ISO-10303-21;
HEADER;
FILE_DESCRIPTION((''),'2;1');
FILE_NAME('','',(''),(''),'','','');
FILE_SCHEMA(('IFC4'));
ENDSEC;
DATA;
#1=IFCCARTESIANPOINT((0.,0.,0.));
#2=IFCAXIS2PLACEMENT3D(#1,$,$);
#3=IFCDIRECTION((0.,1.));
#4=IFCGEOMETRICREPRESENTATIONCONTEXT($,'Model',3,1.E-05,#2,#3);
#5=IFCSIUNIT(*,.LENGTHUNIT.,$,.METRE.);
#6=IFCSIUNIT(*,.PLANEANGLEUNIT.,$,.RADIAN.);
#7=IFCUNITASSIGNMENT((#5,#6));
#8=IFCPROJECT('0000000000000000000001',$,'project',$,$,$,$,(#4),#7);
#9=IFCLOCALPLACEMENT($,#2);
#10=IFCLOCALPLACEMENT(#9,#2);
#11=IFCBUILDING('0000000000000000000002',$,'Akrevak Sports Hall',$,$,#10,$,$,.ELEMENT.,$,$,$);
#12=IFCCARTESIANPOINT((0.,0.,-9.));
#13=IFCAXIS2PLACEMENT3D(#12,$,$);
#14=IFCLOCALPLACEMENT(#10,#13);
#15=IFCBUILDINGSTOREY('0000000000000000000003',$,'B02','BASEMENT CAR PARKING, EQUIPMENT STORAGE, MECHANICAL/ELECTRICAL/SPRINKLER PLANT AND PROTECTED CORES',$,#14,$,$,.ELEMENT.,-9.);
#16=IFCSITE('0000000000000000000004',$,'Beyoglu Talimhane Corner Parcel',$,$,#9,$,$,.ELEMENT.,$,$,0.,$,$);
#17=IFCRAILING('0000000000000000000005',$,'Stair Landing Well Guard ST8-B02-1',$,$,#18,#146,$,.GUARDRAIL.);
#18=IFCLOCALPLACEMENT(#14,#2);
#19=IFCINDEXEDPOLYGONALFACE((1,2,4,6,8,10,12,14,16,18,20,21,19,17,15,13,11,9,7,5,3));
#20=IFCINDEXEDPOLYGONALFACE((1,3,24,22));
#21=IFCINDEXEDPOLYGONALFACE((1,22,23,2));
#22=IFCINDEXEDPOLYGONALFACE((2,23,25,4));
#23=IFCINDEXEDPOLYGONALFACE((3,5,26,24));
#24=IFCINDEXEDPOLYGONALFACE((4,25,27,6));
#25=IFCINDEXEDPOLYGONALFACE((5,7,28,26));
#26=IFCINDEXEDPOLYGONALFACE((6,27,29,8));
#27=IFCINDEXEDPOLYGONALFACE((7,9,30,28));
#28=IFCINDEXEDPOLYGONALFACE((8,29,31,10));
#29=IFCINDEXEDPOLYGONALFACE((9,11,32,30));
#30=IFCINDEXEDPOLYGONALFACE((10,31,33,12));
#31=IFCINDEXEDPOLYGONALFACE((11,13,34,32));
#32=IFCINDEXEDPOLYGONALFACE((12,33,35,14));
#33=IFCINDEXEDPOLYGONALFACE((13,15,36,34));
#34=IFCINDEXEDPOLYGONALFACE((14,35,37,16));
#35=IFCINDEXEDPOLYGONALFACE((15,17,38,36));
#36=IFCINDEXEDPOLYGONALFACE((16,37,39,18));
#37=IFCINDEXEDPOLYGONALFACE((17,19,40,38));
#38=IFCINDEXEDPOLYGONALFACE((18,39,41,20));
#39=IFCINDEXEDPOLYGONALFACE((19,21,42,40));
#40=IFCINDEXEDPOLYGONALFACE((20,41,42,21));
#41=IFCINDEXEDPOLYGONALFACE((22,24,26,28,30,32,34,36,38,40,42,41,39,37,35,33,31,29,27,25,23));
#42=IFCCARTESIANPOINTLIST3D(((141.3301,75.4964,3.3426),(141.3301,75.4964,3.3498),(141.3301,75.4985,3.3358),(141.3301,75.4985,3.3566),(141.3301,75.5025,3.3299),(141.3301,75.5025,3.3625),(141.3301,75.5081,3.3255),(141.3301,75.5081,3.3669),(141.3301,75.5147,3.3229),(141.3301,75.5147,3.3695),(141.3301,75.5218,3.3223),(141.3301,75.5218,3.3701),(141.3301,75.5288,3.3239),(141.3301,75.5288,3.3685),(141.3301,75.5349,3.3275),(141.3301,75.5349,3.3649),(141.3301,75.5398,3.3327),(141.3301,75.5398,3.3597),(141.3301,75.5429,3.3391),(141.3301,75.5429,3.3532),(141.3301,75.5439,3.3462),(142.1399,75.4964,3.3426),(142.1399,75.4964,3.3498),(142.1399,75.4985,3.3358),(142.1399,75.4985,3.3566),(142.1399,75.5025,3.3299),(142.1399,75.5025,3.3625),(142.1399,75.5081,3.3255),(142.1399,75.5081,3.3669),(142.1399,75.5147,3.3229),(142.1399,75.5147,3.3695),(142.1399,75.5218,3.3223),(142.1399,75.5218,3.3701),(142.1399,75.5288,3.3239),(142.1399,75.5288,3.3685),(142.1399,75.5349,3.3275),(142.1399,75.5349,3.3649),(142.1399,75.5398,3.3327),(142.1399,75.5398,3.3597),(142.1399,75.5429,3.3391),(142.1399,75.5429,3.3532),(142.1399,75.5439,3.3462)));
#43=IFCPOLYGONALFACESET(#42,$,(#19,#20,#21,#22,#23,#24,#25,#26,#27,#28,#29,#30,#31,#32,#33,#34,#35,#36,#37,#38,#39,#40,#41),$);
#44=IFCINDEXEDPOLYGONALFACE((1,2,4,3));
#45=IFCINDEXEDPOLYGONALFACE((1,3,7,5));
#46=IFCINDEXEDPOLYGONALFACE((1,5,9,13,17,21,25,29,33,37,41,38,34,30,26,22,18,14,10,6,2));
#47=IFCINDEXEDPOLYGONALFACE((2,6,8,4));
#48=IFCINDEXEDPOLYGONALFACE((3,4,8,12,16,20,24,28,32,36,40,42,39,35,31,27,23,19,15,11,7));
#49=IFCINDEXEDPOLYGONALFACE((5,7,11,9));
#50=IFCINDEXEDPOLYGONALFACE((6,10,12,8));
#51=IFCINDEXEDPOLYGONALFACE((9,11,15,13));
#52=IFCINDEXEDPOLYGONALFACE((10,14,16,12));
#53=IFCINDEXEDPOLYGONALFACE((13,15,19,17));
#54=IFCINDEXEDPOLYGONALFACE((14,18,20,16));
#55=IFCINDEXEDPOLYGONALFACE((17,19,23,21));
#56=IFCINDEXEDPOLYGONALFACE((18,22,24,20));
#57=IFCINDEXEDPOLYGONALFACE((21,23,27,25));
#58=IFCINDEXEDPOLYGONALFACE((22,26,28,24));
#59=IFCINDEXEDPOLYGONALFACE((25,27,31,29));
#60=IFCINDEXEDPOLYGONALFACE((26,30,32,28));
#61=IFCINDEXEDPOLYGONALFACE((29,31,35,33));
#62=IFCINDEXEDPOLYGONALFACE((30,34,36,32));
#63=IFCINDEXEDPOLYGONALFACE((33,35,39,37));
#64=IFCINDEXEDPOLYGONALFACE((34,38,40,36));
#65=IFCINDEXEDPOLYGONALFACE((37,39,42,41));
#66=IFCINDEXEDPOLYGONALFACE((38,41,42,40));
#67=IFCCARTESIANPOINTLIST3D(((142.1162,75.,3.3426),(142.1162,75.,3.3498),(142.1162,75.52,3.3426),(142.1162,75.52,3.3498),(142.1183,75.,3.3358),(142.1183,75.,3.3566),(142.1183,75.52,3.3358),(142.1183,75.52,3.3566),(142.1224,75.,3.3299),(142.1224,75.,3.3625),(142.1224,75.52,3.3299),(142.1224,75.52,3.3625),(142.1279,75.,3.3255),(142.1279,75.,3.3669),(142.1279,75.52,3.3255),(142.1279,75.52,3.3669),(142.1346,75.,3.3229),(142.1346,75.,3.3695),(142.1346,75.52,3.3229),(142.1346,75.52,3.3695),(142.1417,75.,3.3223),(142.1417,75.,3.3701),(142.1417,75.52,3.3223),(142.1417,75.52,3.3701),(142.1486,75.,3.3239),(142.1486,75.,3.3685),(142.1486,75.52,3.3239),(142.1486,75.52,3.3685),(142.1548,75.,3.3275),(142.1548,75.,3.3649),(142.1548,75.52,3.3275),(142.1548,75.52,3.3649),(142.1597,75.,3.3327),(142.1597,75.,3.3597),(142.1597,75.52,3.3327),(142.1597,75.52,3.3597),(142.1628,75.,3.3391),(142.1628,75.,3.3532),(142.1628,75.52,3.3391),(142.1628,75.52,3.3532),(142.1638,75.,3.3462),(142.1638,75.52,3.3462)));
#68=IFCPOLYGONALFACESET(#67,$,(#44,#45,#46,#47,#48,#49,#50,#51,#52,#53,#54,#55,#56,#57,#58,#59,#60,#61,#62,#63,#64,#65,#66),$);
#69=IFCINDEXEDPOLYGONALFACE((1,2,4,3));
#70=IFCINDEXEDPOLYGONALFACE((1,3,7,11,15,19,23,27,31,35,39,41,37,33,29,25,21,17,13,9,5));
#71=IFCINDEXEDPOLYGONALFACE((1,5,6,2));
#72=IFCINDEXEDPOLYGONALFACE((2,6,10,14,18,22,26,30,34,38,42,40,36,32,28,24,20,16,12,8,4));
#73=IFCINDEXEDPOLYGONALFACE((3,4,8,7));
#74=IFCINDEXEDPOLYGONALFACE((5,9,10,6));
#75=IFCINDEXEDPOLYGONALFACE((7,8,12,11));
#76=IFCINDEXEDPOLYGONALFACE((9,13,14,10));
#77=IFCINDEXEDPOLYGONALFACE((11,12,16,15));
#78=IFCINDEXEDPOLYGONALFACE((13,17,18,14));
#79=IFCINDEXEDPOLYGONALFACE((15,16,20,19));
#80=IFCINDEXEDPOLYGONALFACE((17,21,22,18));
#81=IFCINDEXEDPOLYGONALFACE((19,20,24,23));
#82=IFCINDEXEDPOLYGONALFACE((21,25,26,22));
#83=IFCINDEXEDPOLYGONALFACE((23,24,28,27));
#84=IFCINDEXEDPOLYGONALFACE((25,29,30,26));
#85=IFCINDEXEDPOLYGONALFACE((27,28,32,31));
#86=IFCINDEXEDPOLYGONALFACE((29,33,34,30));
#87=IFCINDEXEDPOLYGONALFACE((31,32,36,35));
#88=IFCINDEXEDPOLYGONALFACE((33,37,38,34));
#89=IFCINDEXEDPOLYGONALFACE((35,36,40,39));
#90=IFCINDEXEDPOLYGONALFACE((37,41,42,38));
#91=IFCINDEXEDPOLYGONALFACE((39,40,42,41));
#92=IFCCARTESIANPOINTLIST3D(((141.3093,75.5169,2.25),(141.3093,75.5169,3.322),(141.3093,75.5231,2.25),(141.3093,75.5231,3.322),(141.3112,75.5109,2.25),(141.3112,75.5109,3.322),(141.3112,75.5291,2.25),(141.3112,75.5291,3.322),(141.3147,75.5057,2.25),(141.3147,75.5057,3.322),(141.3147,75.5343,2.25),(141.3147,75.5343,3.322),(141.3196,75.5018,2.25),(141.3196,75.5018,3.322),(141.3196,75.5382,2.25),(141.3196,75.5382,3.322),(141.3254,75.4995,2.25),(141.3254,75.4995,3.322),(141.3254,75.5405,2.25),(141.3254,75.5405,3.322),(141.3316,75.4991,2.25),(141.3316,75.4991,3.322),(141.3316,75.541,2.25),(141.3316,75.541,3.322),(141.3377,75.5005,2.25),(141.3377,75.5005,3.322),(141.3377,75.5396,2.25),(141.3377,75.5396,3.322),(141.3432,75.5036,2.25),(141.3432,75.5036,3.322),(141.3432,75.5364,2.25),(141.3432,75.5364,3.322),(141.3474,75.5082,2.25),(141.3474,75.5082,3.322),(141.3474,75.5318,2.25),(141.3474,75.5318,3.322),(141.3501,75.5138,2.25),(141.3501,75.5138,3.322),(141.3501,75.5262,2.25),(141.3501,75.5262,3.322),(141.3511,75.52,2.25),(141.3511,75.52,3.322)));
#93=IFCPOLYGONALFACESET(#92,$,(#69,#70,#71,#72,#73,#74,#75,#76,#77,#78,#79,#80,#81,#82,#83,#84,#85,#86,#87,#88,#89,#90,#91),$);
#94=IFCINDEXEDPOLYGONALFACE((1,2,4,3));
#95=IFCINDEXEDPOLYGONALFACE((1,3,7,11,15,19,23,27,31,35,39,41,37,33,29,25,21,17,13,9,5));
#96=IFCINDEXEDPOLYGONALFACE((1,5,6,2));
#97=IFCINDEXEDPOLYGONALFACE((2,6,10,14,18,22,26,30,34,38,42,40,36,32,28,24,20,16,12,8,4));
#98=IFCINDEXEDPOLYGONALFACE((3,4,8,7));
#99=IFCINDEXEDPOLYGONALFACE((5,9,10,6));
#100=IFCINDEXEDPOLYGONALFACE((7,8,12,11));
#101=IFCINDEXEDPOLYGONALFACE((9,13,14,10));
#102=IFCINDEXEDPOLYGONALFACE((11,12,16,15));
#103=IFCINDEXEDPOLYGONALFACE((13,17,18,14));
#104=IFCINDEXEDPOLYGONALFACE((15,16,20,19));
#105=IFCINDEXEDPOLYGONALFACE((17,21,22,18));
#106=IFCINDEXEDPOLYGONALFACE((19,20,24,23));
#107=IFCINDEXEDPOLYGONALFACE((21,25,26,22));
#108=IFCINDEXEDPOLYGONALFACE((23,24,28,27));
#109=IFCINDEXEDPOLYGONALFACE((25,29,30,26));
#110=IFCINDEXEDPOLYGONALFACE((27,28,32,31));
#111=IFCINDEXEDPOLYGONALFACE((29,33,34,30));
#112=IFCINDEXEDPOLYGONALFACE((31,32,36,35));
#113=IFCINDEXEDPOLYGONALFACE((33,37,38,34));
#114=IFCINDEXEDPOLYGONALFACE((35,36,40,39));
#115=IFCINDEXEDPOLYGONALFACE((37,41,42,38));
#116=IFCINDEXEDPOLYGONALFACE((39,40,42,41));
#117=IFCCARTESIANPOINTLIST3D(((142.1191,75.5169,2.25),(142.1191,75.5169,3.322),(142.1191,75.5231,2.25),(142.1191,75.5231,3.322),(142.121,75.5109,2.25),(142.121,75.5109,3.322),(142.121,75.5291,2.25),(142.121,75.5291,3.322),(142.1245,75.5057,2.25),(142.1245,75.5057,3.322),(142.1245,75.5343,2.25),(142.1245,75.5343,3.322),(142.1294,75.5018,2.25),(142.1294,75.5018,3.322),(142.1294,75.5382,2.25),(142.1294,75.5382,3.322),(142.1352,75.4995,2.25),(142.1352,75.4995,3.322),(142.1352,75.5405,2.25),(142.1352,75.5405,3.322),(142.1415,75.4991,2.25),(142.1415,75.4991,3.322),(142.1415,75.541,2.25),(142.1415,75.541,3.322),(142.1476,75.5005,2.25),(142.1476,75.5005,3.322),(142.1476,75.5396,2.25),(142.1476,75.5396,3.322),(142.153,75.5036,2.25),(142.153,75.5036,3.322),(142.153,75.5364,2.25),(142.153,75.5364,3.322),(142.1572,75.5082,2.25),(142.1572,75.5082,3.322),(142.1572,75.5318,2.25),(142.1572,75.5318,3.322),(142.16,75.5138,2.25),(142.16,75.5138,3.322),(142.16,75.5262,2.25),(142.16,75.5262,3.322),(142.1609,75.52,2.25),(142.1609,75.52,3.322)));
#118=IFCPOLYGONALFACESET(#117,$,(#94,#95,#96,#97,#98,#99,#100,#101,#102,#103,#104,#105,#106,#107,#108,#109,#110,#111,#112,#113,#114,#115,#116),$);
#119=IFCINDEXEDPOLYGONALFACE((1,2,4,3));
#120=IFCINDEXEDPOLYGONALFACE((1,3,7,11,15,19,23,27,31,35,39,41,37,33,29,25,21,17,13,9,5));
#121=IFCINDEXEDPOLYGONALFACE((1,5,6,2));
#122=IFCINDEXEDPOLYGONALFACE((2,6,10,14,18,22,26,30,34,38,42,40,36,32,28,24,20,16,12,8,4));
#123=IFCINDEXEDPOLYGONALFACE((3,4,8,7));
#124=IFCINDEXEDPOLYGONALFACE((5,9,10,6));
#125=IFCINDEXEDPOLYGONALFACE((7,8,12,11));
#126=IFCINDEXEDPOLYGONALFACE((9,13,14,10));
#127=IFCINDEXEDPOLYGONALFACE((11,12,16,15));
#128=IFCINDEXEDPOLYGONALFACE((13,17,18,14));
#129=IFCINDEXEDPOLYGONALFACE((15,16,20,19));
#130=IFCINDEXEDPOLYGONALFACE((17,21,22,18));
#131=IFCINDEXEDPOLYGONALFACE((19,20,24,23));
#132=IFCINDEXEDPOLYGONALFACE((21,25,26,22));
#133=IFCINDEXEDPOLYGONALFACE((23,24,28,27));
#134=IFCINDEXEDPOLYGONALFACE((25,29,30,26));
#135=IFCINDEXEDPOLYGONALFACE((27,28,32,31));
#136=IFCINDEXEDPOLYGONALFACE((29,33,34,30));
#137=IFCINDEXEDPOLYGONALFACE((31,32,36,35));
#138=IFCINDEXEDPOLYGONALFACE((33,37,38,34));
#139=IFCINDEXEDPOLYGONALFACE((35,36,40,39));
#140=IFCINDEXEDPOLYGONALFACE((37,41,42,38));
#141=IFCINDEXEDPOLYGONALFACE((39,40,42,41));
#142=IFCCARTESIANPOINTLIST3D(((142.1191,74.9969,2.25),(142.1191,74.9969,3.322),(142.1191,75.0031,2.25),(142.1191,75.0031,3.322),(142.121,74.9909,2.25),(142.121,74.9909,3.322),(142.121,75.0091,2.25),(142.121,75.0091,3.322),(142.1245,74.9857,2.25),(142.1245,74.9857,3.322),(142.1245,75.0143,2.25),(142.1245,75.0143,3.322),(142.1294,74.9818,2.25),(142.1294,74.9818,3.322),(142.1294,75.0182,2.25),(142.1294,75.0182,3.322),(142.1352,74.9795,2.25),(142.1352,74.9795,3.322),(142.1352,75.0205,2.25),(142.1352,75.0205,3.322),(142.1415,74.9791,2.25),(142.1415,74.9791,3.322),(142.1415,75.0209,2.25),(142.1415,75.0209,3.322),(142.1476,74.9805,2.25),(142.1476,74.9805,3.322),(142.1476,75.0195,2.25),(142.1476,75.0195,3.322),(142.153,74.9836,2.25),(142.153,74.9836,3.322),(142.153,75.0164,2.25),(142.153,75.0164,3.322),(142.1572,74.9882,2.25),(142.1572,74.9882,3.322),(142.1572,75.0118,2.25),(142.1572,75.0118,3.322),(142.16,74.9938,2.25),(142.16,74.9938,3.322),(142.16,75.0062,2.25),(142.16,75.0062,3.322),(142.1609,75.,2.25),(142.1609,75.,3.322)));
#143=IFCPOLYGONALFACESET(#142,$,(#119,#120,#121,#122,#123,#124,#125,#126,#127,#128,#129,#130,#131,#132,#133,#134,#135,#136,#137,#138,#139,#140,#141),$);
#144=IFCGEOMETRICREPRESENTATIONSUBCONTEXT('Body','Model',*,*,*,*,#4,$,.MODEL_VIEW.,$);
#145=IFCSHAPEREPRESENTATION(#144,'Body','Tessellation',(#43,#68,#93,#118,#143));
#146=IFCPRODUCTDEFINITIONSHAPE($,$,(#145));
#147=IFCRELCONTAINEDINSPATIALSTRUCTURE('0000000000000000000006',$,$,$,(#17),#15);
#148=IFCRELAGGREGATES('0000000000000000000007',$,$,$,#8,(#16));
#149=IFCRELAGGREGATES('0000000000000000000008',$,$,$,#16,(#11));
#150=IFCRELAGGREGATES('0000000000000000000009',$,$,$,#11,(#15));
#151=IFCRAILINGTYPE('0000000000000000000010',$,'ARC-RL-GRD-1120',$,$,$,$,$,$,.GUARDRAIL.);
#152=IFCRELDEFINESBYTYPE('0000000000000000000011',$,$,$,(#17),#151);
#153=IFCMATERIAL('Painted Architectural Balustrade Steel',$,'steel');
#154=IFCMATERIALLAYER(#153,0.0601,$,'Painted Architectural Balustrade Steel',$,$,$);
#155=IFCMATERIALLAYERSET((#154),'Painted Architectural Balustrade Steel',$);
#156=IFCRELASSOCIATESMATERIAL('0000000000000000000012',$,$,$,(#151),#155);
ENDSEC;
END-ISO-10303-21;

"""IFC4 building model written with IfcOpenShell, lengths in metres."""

from ifc_helpers import new_model, si_unit, direction, frame, origin, origin_2d, place, context, subcontext, project, spatial, circle, extrude, material, layer, layer_set, type_object, element, save


model = new_model("IFC4")

# Units and contexts
model_context = context("Model", 3, precision=1e-05, world=origin(), true_north=direction((0.0, 1.0)))
body_context = subcontext(model_context, "Body", "Model", "MODEL_VIEW")
ifc_project = project(units=[si_unit("LENGTHUNIT", "METRE"), si_unit("PLANEANGLEUNIT", "RADIAN")], contexts=[model_context])

# Site, building, storey
site_placement = place(None, origin())
site = spatial("IfcSite", under=ifc_project, at=site_placement, Name="Beyoglu Talimhane Corner Parcel", CompositionType="ELEMENT", RefElevation=0.0)
building_placement = place(site_placement, origin())
building = spatial("IfcBuilding", under=site, at=building_placement, Name="Akrevak Sports Hall", CompositionType="ELEMENT")
storey_placement = place(building_placement, frame((0.0, 0.0, -9.0)))
storey = spatial("IfcBuildingStorey", under=building, at=storey_placement, Name="B02", Description="BASEMENT CAR PARKING, EQUIPMENT STORAGE, MECHANICAL/ELECTRICAL/SPRINKLER PLANT AND PROTECTED CORES", CompositionType="ELEMENT", Elevation=-9.0)

# Railing
ifc_material_1 = material(Name="Painted Architectural Balustrade Steel", Category="steel")
ifc_layer_1 = layer(ifc_material_1, 0.0601, Name="Painted Architectural Balustrade Steel")
ifc_layer_set_1 = layer_set([ifc_layer_1], Name="Painted Architectural Balustrade Steel")
railing_type_1 = type_object("IfcRailingType", Name="ARC-RL-GRD-1120", PredefinedType="GUARDRAIL", material=ifc_layer_set_1)
railing_1_placement = place(storey_placement, frame((141.3301, 75.52, 2.25)))
element("IfcRailing", 1, at=railing_1_placement, inside=storey, type_object=railing_type_1, Name="Stair Landing Well Guard ST8-B02-1", PredefinedType="GUARDRAIL", context=body_context, shape_type="SweptSolid", body=[
    extrude(circle(Radius=0.0239, at=origin_2d()), frame((0.0, 0.0, 1.0962), z_axis=(1.0, 0.0, 0.0), x_axis=(0.0, 1.0, 0.0)), (0.0, 0.0, 1.0), 0.8098),
    extrude(circle(Radius=0.0239, at=origin_2d()), frame((0.8098, 0.0, 1.0962), z_axis=(0.0, -1.0, 0.0), x_axis=(1.0, 0.0, 0.0)), (0.0, 0.0, 1.0), 0.52),
    extrude(circle(Radius=0.021, at=origin_2d()), origin(), (0.0, 0.0, 1.0), 1.072),
    extrude(circle(Radius=0.021, at=origin_2d()), frame((0.8098, 0.0, 0.0)), (0.0, 0.0, 1.0), 1.072),
    extrude(circle(Radius=0.021, at=origin_2d()), frame((0.8098, -0.52, 0.0)), (0.0, 0.0, 1.0), 1.072),
])

save(model, "model.ifc")
